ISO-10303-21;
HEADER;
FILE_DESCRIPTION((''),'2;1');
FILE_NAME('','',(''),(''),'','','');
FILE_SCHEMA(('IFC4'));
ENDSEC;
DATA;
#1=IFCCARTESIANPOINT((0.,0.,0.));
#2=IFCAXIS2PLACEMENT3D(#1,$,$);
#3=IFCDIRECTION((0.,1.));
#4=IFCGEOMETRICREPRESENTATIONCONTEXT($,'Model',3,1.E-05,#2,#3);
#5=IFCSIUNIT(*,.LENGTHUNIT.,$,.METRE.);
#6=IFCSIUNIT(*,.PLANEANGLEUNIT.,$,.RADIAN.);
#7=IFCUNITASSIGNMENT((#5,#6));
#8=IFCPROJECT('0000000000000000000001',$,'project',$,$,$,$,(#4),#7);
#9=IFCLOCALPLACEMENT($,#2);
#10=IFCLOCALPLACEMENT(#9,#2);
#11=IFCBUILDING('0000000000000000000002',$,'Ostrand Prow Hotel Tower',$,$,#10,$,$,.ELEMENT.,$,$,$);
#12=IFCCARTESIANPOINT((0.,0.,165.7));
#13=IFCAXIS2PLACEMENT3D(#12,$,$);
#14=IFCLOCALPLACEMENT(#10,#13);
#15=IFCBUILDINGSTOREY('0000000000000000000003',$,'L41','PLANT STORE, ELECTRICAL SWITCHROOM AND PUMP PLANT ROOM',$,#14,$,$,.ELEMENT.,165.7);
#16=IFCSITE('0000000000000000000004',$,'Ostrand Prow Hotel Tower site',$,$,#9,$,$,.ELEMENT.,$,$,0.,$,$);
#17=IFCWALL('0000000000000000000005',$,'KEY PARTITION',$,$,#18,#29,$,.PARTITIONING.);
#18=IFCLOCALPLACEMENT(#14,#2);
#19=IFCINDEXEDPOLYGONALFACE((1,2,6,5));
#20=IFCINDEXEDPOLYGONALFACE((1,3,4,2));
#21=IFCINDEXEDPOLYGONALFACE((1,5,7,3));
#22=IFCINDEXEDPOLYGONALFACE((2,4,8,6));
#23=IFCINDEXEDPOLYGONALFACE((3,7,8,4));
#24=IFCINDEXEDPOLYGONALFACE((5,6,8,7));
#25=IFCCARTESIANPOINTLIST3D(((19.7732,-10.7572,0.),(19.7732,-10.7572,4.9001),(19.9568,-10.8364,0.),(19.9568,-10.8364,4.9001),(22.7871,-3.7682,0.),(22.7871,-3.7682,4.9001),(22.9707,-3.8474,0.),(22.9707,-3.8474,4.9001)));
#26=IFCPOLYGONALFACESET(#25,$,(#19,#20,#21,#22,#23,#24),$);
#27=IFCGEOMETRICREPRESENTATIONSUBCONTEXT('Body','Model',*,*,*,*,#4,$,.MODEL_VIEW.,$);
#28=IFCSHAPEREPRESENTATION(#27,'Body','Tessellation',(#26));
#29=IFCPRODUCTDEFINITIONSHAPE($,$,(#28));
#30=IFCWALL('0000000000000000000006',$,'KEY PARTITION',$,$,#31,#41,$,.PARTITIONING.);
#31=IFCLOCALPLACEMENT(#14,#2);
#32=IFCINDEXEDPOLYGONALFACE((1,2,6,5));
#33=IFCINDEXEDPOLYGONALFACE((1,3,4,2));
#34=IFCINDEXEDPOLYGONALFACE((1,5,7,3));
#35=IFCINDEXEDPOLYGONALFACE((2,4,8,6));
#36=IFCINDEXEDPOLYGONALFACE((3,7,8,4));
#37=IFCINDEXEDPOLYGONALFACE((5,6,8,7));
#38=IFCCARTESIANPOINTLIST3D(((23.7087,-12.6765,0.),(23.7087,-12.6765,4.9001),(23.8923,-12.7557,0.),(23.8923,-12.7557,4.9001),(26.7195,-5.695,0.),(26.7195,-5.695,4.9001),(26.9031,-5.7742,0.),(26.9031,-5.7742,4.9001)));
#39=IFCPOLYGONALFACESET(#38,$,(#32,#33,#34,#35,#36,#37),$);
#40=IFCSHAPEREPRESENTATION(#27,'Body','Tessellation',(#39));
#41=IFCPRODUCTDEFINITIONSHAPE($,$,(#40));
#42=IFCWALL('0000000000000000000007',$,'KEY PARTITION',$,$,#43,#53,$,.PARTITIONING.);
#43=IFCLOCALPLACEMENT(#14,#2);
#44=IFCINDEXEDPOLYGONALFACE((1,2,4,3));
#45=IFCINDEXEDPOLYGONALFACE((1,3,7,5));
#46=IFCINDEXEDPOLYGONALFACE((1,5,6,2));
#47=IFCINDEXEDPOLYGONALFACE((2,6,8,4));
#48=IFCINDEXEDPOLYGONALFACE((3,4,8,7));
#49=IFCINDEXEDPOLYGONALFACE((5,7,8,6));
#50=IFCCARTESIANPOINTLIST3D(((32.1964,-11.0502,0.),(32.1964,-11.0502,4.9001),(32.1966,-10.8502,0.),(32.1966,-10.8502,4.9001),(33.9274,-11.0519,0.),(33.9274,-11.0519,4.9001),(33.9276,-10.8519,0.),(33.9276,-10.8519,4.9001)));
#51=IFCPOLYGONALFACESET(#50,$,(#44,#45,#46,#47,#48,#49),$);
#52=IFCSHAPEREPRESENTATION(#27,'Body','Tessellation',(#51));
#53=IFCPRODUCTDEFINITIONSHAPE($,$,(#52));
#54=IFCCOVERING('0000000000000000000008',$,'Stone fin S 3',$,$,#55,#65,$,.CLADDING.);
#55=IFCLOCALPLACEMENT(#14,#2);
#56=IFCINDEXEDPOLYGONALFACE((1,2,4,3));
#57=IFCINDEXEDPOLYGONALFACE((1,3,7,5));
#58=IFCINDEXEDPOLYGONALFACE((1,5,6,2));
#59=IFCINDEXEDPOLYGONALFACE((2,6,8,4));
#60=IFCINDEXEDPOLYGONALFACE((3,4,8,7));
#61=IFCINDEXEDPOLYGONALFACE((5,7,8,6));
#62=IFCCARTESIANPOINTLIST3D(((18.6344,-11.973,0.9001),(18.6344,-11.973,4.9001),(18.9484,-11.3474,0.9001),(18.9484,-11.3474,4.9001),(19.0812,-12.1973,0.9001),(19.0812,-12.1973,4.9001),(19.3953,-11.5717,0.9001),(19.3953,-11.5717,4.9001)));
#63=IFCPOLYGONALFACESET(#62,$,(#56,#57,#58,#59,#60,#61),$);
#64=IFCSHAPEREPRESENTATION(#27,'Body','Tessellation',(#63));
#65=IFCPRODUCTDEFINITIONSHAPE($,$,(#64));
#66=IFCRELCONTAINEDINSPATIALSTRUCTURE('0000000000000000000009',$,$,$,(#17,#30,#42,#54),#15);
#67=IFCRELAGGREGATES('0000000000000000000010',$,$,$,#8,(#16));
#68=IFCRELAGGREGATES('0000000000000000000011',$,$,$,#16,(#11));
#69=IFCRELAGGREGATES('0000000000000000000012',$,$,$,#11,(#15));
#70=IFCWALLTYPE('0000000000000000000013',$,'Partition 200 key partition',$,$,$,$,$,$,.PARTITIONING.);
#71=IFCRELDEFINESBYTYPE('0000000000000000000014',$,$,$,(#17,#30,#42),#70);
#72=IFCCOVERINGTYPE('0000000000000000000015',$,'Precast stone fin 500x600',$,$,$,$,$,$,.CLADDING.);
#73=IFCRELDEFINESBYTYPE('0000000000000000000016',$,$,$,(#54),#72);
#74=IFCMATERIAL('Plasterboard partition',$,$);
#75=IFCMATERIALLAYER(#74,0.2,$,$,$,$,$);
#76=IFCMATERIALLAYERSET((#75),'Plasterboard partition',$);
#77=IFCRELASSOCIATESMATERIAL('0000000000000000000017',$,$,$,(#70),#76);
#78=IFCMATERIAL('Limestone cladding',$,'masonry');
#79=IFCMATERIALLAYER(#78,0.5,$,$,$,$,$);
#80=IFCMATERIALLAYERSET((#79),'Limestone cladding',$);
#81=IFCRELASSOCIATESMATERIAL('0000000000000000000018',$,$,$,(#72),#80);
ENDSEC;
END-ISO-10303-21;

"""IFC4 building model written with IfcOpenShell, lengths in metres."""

from ifc_helpers import new_model, si_unit, direction, frame, frame_2d, origin, place, context, subcontext, project, spatial, rectangle, extrude, material, layer, layer_set, type_object, element, save


model = new_model("IFC4")

# Units and contexts
model_context = context("Model", 3, precision=1e-05, world=origin(), true_north=direction((0.0, 1.0)))
body_context = subcontext(model_context, "Body", "Model", "MODEL_VIEW")
ifc_project = project(units=[si_unit("LENGTHUNIT", "METRE"), si_unit("PLANEANGLEUNIT", "RADIAN")], contexts=[model_context])

# Site, building, storey
site_placement = place(None, origin())
site = spatial("IfcSite", under=ifc_project, at=site_placement, Name="Ostrand Prow Hotel Tower site", CompositionType="ELEMENT", RefElevation=0.0)
building_placement = place(site_placement, origin())
building = spatial("IfcBuilding", under=site, at=building_placement, Name="Ostrand Prow Hotel Tower", CompositionType="ELEMENT")
storey_placement = place(building_placement, frame((0.0, 0.0, 165.7)))
storey = spatial("IfcBuildingStorey", under=building, at=storey_placement, Name="L41", Description="PLANT STORE, ELECTRICAL SWITCHROOM AND PUMP PLANT ROOM", CompositionType="ELEMENT", Elevation=165.7)

# Walls
ifc_material_1 = material(Name="Plasterboard partition")
ifc_layer_1 = layer(ifc_material_1, 0.2)
ifc_layer_set_1 = layer_set([ifc_layer_1], Name="Plasterboard partition")
wall_type_1 = type_object("IfcWallType", Name="Partition 200 key partition", PredefinedType="PARTITIONING", material=ifc_layer_set_1)
wall_1_placement = place(storey_placement, frame((19.865, -10.7969, 0.0), z_axis=(0.0, 0.0, 1.0), x_axis=(0.395986, 0.918257, 0.0)))
element("IfcWall", 1, at=wall_1_placement, inside=storey, type_object=wall_type_1, Name="KEY PARTITION", PredefinedType="PARTITIONING", context=body_context, shape_type="SweptSolid", body=[
    extrude(rectangle(XDim=7.6111, YDim=0.2, at=frame_2d((3.8057, 0.0))), origin(), (0.0, 0.0, 1.0), 4.9001),
])
wall_2_placement = place(storey_placement, frame((23.8005, -12.7161, 0.0), z_axis=(0.0, 0.0, 1.0), x_axis=(0.395996, 0.918252, 0.0)))
element("IfcWall", 2, at=wall_2_placement, inside=storey, type_object=wall_type_1, Name="KEY PARTITION", PredefinedType="PARTITIONING", context=body_context, shape_type="SweptSolid", body=[
    extrude(rectangle(XDim=7.603, YDim=0.2, at=frame_2d((3.8015, 0.0))), origin(), (0.0, 0.0, 1.0), 4.9001),
])
wall_3_placement = place(storey_placement, frame((33.9275, -10.9519, 0.0), z_axis=(0.0, 0.0, 1.0), x_axis=(-1.0, 0.000987, 0.0)))
element("IfcWall", 3, at=wall_3_placement, inside=storey, type_object=wall_type_1, Name="KEY PARTITION", PredefinedType="PARTITIONING", context=body_context, shape_type="SweptSolid", body=[
    extrude(rectangle(XDim=1.731, YDim=0.2, at=frame_2d((0.8655, 0.0))), origin(), (0.0, 0.0, 1.0), 4.9001),
])

# Covering
ifc_material_2 = material(Name="Limestone cladding", Category="masonry")
ifc_layer_2 = layer(ifc_material_2, 0.5)
ifc_layer_set_2 = layer_set([ifc_layer_2], Name="Limestone cladding")
covering_type = type_object("IfcCoveringType", Name="Precast stone fin 500x600", PredefinedType="CLADDING", material=ifc_layer_set_2)
covering_placement = place(storey_placement, frame((19.1719, -11.4595, 0.9001), z_axis=(0.0, 0.0, 1.0), x_axis=(-0.448608, -0.893728, 0.0)))
element("IfcCovering", 4, at=covering_placement, inside=storey, type_object=covering_type, Name="Stone fin S 3", PredefinedType="CLADDING", context=body_context, shape_type="SweptSolid", body=[
    extrude(rectangle(XDim=0.7, YDim=0.5, at=frame_2d((0.3501, 0.0))), origin(), (0.0, 0.0, 1.0), 4.0),
])

save(model, "model.ifc")
